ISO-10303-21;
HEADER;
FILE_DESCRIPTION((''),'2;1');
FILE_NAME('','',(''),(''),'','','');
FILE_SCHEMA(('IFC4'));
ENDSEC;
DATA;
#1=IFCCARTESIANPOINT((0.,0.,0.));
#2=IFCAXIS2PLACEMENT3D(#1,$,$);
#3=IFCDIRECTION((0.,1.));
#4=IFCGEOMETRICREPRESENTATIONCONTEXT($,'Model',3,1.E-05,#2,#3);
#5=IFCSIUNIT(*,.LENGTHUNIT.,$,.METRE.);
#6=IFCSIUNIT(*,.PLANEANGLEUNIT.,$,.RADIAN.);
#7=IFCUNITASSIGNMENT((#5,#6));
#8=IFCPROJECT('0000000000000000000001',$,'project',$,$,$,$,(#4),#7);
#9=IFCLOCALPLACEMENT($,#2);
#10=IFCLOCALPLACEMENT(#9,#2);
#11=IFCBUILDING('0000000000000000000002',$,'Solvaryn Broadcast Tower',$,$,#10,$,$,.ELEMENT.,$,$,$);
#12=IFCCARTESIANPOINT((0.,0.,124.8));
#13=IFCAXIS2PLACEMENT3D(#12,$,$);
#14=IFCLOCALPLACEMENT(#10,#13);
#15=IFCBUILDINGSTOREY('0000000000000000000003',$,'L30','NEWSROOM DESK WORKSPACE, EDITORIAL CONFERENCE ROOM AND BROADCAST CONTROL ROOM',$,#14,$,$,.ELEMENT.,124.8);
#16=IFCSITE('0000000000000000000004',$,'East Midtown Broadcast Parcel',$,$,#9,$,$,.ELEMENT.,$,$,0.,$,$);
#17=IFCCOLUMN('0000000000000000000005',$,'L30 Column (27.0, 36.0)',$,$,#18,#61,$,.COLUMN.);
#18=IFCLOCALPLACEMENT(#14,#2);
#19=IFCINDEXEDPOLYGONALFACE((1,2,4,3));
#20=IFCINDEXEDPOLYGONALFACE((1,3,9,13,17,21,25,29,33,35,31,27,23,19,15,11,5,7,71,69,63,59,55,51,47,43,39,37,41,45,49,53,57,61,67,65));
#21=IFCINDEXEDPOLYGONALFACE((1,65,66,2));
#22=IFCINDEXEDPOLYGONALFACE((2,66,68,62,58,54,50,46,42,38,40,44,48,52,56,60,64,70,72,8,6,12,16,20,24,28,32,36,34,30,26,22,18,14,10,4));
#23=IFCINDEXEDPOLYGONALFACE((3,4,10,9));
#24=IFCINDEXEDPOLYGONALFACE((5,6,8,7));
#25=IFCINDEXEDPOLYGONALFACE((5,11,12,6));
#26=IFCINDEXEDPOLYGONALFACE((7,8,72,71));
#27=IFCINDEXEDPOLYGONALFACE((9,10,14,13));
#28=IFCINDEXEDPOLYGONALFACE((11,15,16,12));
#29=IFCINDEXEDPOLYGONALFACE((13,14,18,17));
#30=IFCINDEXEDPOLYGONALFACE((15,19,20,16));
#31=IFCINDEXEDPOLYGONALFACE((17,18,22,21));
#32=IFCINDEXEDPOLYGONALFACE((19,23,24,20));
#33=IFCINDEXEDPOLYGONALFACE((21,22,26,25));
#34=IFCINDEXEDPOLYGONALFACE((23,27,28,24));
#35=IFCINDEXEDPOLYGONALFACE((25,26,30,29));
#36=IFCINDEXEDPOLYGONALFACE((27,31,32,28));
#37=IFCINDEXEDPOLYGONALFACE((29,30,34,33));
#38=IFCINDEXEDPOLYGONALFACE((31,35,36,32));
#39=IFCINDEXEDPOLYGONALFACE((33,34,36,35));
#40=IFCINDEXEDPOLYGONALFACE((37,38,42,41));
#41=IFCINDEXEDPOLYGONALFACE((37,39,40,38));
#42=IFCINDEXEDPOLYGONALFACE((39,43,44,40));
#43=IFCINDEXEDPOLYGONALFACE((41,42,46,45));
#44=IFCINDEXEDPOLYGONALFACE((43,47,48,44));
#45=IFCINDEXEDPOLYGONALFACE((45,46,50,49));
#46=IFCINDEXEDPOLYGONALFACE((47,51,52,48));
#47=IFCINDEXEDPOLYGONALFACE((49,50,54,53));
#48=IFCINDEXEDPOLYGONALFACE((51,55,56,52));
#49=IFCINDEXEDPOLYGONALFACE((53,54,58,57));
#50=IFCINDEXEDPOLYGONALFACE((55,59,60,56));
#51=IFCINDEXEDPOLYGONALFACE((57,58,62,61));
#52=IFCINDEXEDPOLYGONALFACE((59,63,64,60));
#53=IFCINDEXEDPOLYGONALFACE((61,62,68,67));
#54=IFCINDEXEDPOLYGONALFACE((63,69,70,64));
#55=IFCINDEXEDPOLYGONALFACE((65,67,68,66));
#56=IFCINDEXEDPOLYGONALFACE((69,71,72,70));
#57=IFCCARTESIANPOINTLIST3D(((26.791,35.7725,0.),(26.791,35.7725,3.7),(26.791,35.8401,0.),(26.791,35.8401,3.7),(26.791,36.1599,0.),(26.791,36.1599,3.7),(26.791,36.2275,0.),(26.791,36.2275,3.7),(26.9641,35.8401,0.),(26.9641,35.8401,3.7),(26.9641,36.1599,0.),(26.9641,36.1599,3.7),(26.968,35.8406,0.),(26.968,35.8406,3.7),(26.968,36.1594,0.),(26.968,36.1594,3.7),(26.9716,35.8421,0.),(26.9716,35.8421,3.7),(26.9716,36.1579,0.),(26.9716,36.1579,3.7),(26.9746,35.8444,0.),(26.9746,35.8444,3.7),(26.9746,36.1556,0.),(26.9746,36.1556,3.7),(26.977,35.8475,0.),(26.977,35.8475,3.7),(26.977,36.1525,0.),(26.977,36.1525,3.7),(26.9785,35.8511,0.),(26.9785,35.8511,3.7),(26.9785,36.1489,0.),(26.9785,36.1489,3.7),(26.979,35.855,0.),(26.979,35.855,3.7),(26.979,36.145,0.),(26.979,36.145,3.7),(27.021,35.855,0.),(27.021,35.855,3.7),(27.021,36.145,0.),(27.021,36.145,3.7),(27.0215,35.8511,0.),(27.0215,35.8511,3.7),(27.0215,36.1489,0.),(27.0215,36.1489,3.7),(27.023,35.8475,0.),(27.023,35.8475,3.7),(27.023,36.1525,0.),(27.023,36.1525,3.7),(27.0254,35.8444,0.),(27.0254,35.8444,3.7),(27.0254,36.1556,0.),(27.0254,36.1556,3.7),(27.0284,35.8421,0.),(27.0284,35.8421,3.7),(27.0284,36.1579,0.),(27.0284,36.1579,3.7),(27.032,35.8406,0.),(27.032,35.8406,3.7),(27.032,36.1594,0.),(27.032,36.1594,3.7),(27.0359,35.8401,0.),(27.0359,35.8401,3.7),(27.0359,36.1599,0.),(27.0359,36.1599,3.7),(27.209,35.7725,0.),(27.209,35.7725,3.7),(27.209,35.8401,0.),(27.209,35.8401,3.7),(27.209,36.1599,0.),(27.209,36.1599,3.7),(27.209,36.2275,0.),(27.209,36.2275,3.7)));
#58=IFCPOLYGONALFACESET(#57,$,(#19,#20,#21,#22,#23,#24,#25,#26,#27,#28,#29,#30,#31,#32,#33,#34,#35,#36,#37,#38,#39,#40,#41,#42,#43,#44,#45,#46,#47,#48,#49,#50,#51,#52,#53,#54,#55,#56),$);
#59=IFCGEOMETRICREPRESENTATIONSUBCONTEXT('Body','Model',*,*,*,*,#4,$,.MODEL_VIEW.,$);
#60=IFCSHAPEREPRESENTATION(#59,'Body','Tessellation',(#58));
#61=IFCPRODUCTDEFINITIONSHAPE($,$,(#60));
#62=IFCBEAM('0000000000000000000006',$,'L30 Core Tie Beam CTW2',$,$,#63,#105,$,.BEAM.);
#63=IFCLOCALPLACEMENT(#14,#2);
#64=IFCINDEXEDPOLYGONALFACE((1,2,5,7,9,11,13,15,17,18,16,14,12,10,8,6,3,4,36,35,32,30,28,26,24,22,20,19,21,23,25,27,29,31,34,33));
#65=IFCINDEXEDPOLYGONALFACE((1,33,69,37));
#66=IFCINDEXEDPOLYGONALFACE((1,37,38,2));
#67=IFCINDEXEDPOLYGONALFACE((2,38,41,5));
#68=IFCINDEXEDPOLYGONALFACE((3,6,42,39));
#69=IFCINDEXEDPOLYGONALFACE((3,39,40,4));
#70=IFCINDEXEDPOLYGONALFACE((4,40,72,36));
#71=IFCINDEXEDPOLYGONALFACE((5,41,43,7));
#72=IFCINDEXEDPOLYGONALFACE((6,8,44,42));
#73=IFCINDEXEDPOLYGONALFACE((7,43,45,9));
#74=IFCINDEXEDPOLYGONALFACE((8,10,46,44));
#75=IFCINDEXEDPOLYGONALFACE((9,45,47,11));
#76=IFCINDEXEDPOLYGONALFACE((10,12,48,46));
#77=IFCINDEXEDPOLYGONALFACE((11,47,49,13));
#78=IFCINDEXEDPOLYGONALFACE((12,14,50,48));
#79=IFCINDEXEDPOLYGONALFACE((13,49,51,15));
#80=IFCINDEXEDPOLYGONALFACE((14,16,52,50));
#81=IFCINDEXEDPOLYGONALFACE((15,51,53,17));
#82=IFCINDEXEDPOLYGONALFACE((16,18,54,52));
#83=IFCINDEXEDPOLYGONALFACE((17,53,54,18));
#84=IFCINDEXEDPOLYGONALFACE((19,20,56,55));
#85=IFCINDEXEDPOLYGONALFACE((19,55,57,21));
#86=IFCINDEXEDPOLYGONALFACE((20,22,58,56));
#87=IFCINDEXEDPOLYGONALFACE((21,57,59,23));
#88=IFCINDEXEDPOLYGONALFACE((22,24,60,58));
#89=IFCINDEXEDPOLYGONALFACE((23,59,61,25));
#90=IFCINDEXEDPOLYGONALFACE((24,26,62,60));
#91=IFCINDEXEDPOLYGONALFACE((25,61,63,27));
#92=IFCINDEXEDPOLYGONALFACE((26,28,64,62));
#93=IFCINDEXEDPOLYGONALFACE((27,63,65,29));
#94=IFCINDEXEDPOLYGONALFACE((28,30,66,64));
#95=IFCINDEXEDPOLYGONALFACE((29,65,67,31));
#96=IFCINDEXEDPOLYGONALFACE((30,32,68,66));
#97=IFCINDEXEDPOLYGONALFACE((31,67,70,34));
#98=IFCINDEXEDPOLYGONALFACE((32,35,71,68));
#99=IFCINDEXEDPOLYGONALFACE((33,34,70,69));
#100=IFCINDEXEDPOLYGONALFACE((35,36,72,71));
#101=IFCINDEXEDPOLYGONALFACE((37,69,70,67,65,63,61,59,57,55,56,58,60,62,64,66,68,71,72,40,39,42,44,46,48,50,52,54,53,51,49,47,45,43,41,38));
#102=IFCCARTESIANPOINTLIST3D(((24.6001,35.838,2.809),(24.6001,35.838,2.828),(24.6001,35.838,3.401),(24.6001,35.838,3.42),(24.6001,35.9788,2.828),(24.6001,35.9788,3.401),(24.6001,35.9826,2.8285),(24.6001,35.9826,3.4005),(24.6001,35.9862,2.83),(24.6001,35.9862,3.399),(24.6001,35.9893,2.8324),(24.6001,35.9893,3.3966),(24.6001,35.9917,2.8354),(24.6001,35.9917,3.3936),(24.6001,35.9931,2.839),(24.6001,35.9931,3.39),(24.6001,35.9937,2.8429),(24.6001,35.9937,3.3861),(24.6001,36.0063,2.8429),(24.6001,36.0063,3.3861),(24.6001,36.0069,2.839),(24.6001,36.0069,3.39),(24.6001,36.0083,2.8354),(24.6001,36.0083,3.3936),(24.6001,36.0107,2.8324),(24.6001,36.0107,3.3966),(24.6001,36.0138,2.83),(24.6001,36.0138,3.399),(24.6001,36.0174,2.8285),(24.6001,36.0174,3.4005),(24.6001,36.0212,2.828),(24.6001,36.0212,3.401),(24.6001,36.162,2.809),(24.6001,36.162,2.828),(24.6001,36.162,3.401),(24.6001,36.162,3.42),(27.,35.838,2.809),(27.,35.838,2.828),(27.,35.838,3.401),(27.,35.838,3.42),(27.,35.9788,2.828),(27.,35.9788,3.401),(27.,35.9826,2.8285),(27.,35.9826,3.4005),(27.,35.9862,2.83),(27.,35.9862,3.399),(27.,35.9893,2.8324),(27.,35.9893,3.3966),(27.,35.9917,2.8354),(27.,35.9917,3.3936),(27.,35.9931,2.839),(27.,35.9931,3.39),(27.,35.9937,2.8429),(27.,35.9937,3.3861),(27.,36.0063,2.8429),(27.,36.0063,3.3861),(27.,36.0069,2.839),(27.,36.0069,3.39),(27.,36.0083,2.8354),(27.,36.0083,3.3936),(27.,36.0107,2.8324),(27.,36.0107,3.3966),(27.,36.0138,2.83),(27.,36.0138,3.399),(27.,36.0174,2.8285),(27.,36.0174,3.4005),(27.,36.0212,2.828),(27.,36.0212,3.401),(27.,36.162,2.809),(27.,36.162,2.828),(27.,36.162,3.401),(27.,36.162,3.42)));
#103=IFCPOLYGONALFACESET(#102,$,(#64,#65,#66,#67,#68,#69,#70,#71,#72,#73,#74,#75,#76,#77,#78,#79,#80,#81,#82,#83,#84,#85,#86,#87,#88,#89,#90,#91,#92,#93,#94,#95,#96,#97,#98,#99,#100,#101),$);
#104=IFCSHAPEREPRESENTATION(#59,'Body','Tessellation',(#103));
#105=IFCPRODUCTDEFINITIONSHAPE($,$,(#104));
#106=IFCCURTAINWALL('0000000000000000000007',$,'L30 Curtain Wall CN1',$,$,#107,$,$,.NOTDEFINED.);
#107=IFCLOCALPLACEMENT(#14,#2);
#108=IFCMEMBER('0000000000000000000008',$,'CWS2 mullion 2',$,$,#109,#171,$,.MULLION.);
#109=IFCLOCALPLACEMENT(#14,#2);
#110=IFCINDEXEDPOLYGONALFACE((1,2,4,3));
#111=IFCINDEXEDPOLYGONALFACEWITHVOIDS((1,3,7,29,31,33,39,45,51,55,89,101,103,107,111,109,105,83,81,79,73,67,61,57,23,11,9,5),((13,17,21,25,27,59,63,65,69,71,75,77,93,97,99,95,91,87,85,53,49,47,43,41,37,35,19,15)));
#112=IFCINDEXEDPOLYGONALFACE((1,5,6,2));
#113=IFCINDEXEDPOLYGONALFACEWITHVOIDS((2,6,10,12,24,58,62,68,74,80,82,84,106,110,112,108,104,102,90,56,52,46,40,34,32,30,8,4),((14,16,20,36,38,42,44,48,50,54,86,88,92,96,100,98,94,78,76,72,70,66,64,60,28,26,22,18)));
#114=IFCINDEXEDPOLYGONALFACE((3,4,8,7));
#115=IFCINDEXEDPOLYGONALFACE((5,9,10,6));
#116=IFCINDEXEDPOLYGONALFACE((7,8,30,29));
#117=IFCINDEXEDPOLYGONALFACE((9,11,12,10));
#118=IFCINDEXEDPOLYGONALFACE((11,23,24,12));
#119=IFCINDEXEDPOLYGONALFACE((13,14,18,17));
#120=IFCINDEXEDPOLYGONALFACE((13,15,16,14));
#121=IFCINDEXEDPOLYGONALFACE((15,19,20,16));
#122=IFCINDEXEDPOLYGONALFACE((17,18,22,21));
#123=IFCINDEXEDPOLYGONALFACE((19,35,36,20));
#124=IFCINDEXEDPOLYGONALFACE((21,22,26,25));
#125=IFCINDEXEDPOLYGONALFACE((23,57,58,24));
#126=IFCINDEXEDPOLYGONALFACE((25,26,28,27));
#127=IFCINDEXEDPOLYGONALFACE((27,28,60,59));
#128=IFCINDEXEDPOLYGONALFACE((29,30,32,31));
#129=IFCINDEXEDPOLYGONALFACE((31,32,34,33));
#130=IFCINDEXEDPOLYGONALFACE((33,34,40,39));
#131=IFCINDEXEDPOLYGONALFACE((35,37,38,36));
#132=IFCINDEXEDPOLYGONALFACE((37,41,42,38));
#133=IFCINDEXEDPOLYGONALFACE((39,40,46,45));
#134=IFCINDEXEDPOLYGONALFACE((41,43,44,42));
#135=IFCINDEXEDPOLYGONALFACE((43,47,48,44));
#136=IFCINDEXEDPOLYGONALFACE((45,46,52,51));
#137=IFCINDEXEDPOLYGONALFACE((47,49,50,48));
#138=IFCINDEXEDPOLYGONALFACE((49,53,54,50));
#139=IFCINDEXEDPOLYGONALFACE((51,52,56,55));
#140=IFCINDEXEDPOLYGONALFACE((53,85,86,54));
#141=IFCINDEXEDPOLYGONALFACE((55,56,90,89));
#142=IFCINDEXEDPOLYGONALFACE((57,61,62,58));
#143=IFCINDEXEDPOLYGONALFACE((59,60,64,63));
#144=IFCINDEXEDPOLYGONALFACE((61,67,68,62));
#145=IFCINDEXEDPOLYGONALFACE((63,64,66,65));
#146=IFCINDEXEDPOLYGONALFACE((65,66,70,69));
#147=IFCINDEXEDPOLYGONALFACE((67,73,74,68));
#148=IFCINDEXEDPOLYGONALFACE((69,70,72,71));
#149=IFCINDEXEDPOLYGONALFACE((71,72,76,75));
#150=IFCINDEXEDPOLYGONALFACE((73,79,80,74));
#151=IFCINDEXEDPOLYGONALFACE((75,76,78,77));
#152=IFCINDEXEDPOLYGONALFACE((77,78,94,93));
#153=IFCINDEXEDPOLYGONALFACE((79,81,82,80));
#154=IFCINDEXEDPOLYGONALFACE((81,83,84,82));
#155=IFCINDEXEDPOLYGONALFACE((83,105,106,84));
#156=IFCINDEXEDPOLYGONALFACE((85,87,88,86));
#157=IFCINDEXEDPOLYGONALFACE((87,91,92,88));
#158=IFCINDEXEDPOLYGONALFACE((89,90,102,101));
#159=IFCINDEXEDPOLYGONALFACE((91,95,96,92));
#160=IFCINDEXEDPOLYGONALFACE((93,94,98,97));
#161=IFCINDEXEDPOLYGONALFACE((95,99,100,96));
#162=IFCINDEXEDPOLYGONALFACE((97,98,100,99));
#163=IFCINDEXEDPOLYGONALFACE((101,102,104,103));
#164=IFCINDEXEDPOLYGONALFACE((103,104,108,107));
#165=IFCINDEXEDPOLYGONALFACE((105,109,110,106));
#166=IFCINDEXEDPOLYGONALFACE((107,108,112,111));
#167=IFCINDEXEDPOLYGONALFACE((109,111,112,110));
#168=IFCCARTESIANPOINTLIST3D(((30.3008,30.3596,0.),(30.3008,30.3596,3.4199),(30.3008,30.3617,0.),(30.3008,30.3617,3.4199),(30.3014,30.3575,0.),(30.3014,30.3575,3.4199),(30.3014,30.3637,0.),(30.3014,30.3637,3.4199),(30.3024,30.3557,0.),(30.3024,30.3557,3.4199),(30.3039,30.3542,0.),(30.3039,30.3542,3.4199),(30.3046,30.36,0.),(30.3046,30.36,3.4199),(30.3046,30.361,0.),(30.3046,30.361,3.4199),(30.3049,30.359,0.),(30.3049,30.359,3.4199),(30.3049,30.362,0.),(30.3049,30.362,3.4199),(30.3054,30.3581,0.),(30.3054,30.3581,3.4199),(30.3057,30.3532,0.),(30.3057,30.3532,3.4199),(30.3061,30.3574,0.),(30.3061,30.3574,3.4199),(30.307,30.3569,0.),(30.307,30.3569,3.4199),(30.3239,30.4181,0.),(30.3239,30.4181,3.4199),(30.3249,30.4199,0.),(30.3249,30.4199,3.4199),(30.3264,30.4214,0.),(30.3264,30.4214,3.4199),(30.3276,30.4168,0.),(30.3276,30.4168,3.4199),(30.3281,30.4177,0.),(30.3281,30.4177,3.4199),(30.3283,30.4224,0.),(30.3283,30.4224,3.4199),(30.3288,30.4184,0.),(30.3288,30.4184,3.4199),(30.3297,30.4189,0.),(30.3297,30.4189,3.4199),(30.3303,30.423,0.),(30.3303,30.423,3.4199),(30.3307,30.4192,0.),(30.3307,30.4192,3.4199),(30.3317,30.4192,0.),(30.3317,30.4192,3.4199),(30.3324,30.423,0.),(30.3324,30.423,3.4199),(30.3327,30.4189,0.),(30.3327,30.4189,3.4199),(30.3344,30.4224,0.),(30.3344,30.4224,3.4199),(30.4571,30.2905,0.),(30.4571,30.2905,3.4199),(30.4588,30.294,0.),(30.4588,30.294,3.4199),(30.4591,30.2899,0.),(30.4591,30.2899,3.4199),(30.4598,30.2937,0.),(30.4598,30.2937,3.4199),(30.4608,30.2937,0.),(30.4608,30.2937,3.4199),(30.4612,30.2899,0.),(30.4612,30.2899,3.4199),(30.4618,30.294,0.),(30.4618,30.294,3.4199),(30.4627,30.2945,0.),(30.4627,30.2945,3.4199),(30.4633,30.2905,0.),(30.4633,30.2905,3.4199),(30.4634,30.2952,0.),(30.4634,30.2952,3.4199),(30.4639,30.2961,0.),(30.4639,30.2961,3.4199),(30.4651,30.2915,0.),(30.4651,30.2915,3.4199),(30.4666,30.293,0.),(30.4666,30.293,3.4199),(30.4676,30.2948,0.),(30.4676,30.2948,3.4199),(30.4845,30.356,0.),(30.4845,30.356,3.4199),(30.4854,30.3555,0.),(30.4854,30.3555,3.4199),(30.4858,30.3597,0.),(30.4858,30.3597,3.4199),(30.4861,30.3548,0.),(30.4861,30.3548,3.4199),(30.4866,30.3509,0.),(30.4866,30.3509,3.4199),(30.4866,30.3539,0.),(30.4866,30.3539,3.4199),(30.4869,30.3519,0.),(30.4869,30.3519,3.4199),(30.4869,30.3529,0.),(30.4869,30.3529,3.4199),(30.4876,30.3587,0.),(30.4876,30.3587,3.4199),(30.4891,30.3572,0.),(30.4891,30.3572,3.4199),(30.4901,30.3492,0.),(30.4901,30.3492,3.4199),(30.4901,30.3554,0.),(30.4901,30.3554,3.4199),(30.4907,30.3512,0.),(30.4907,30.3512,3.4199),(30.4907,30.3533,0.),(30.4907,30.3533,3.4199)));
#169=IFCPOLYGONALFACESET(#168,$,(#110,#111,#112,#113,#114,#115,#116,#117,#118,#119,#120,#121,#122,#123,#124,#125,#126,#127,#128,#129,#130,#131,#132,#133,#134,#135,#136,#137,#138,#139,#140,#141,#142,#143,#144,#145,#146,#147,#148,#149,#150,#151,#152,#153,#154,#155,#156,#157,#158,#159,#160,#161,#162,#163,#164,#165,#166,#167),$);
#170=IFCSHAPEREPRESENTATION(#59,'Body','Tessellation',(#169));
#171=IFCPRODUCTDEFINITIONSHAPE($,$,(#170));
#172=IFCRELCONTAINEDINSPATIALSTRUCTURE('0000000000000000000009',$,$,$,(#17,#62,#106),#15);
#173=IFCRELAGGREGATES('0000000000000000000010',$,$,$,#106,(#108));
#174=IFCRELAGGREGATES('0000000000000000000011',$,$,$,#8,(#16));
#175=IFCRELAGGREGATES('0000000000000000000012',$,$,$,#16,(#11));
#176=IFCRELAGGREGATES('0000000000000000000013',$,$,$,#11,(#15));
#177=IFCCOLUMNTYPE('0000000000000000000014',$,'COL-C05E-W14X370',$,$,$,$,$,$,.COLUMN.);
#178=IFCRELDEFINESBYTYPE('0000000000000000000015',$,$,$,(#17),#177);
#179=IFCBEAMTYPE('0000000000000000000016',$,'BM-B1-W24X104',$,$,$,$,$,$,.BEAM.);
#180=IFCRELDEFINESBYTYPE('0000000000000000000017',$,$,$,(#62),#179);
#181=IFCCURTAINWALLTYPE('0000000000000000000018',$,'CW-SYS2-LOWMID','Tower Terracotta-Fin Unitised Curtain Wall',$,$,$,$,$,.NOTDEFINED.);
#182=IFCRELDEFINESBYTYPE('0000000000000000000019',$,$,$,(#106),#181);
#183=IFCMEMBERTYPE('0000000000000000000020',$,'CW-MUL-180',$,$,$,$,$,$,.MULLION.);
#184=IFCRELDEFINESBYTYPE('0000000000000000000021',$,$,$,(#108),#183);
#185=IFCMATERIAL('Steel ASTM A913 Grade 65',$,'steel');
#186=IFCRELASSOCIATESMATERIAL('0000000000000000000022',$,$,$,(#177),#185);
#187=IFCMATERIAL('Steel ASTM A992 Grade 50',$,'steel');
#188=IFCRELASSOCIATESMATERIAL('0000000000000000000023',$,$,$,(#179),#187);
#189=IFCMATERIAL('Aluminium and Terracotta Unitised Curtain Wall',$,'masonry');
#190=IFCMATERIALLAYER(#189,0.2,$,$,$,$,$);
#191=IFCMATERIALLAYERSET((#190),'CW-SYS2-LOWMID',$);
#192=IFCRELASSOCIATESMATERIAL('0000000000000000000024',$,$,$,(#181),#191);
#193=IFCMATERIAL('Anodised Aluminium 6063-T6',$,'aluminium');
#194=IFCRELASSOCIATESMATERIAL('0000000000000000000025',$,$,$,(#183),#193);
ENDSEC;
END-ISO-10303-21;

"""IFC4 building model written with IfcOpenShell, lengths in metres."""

from ifc_helpers import new_model, si_unit, direction, frame, origin, origin_2d, place, context, subcontext, project, spatial, hollow_rectangle, i_section, extrude, material, layer, layer_set, material_profile, profile_set, type_object, element, aggregate, save


model = new_model("IFC4")

# Units and contexts
model_context = context("Model", 3, precision=1e-05, world=origin(), true_north=direction((0.0, 1.0)))
body_context = subcontext(model_context, "Body", "Model", "MODEL_VIEW")
ifc_project = project(units=[si_unit("LENGTHUNIT", "METRE"), si_unit("PLANEANGLEUNIT", "RADIAN")], contexts=[model_context])

# Site, building, storey
site_placement = place(None, origin())
site = spatial("IfcSite", under=ifc_project, at=site_placement, Name="East Midtown Broadcast Parcel", CompositionType="ELEMENT", RefElevation=0.0)
building_placement = place(site_placement, origin())
building = spatial("IfcBuilding", under=site, at=building_placement, Name="Solvaryn Broadcast Tower", CompositionType="ELEMENT")
storey_placement = place(building_placement, frame((0.0, 0.0, 124.8)))
storey = spatial("IfcBuildingStorey", under=building, at=storey_placement, Name="L30", Description="NEWSROOM DESK WORKSPACE, EDITORIAL CONFERENCE ROOM AND BROADCAST CONTROL ROOM", CompositionType="ELEMENT", Elevation=124.8)

# Column
ifc_material_1 = material(Name="Steel ASTM A913 Grade 65", Category="steel")
ifc_material_profile_1 = material_profile(ifc_material_1, i_section(OverallWidth=0.418, OverallDepth=0.4551, WebThickness=0.042, FlangeThickness=0.0676, FilletRadius=0.0149, at=origin_2d()))
ifc_profile_set_1 = profile_set([ifc_material_profile_1], Name="Steel ASTM A913 Grade 65")
column_type = type_object("IfcColumnType", Name="COL-C05E-W14X370", PredefinedType="COLUMN", material=ifc_profile_set_1)
column_placement = place(storey_placement, frame((27.0, 36.0, 0.0), z_axis=(0.0, 0.0, 1.0), x_axis=(1.0, 0.0, 0.0)))
element("IfcColumn", 1, at=column_placement, inside=storey, type_object=column_type, Name="L30 Column (27.0, 36.0)", PredefinedType="COLUMN", context=body_context, shape_type="SweptSolid", body=[
    extrude(i_section(OverallWidth=0.418, OverallDepth=0.4551, WebThickness=0.042, FlangeThickness=0.0676, FilletRadius=0.0149, at=origin_2d()), origin(), (0.0, 0.0, 1.0), 3.7),
])

# Beam
ifc_material_2 = material(Name="Steel ASTM A992 Grade 50", Category="steel")
ifc_material_profile_2 = material_profile(ifc_material_2, i_section(OverallWidth=0.324, OverallDepth=0.6111, WebThickness=0.0127, FlangeThickness=0.019, FilletRadius=0.0149, at=origin_2d()))
ifc_profile_set_2 = profile_set([ifc_material_profile_2], Name="Steel ASTM A992 Grade 50")
beam_type = type_object("IfcBeamType", Name="BM-B1-W24X104", PredefinedType="BEAM", material=ifc_profile_set_2)
beam_placement = place(storey_placement, frame((24.6001, 36.0, 3.1145), z_axis=(1.0, 0.0, 0.0), x_axis=(0.0, 1.0, 0.0)))
element("IfcBeam", 2, at=beam_placement, inside=storey, type_object=beam_type, Name="L30 Core Tie Beam CTW2", PredefinedType="BEAM", context=body_context, shape_type="SweptSolid", body=[
    extrude(i_section(OverallWidth=0.324, OverallDepth=0.6111, WebThickness=0.0127, FlangeThickness=0.019, FilletRadius=0.0149, at=origin_2d()), origin(), (0.0, 0.0, 1.0), 2.3999),
])

# Curtain wall, member
ifc_material_3 = material(Name="Aluminium and Terracotta Unitised Curtain Wall", Category="masonry")
ifc_layer_1 = layer(ifc_material_3, 0.2)
ifc_layer_set_1 = layer_set([ifc_layer_1], Name="CW-SYS2-LOWMID")
curtain_wall_type = type_object("IfcCurtainWallType", Name="CW-SYS2-LOWMID", Description="Tower Terracotta-Fin Unitised Curtain Wall", PredefinedType="NOTDEFINED", material=ifc_layer_set_1)
curtain_wall_1_placement = place(storey_placement, origin())
curtain_wall_1 = element("IfcCurtainWall", 3, at=curtain_wall_1_placement, inside=storey, type_object=curtain_wall_type, Name="L30 Curtain Wall CN1", PredefinedType="NOTDEFINED")
ifc_material_4 = material(Name="Anodised Aluminium 6063-T6", Category="aluminium")
ifc_material_profile_3 = material_profile(ifc_material_4, hollow_rectangle(XDim=0.075, YDim=0.1799, WallThickness=0.0039, InnerFilletRadius=0.0039, OuterFilletRadius=0.0081, at=origin_2d()))
ifc_profile_set_3 = profile_set([ifc_material_profile_3], Name="Anodised Aluminium 6063-T6")
member_type_1 = type_object("IfcMemberType", Name="CW-MUL-180", PredefinedType="MULLION", material=ifc_profile_set_3)
member_1_placement = place(storey_placement, frame((30.3958, 30.3564, 0.0), z_axis=(0.0, 0.0, 1.0), x_axis=(-0.382646, -0.923895, 0.0)))
member_1 = element("IfcMember", 4, at=member_1_placement, type_object=member_type_1, Name="CWS2 mullion 2", PredefinedType="MULLION", context=body_context, shape_type="SweptSolid", body=[
    extrude(hollow_rectangle(XDim=0.075, YDim=0.1799, WallThickness=0.0039, InnerFilletRadius=0.0039, OuterFilletRadius=0.0081, at=origin_2d()), origin(), (0.0, 0.0, 1.0), 3.4199),
])

aggregate(curtain_wall_1, [member_1])

save(model, "model.ifc")
